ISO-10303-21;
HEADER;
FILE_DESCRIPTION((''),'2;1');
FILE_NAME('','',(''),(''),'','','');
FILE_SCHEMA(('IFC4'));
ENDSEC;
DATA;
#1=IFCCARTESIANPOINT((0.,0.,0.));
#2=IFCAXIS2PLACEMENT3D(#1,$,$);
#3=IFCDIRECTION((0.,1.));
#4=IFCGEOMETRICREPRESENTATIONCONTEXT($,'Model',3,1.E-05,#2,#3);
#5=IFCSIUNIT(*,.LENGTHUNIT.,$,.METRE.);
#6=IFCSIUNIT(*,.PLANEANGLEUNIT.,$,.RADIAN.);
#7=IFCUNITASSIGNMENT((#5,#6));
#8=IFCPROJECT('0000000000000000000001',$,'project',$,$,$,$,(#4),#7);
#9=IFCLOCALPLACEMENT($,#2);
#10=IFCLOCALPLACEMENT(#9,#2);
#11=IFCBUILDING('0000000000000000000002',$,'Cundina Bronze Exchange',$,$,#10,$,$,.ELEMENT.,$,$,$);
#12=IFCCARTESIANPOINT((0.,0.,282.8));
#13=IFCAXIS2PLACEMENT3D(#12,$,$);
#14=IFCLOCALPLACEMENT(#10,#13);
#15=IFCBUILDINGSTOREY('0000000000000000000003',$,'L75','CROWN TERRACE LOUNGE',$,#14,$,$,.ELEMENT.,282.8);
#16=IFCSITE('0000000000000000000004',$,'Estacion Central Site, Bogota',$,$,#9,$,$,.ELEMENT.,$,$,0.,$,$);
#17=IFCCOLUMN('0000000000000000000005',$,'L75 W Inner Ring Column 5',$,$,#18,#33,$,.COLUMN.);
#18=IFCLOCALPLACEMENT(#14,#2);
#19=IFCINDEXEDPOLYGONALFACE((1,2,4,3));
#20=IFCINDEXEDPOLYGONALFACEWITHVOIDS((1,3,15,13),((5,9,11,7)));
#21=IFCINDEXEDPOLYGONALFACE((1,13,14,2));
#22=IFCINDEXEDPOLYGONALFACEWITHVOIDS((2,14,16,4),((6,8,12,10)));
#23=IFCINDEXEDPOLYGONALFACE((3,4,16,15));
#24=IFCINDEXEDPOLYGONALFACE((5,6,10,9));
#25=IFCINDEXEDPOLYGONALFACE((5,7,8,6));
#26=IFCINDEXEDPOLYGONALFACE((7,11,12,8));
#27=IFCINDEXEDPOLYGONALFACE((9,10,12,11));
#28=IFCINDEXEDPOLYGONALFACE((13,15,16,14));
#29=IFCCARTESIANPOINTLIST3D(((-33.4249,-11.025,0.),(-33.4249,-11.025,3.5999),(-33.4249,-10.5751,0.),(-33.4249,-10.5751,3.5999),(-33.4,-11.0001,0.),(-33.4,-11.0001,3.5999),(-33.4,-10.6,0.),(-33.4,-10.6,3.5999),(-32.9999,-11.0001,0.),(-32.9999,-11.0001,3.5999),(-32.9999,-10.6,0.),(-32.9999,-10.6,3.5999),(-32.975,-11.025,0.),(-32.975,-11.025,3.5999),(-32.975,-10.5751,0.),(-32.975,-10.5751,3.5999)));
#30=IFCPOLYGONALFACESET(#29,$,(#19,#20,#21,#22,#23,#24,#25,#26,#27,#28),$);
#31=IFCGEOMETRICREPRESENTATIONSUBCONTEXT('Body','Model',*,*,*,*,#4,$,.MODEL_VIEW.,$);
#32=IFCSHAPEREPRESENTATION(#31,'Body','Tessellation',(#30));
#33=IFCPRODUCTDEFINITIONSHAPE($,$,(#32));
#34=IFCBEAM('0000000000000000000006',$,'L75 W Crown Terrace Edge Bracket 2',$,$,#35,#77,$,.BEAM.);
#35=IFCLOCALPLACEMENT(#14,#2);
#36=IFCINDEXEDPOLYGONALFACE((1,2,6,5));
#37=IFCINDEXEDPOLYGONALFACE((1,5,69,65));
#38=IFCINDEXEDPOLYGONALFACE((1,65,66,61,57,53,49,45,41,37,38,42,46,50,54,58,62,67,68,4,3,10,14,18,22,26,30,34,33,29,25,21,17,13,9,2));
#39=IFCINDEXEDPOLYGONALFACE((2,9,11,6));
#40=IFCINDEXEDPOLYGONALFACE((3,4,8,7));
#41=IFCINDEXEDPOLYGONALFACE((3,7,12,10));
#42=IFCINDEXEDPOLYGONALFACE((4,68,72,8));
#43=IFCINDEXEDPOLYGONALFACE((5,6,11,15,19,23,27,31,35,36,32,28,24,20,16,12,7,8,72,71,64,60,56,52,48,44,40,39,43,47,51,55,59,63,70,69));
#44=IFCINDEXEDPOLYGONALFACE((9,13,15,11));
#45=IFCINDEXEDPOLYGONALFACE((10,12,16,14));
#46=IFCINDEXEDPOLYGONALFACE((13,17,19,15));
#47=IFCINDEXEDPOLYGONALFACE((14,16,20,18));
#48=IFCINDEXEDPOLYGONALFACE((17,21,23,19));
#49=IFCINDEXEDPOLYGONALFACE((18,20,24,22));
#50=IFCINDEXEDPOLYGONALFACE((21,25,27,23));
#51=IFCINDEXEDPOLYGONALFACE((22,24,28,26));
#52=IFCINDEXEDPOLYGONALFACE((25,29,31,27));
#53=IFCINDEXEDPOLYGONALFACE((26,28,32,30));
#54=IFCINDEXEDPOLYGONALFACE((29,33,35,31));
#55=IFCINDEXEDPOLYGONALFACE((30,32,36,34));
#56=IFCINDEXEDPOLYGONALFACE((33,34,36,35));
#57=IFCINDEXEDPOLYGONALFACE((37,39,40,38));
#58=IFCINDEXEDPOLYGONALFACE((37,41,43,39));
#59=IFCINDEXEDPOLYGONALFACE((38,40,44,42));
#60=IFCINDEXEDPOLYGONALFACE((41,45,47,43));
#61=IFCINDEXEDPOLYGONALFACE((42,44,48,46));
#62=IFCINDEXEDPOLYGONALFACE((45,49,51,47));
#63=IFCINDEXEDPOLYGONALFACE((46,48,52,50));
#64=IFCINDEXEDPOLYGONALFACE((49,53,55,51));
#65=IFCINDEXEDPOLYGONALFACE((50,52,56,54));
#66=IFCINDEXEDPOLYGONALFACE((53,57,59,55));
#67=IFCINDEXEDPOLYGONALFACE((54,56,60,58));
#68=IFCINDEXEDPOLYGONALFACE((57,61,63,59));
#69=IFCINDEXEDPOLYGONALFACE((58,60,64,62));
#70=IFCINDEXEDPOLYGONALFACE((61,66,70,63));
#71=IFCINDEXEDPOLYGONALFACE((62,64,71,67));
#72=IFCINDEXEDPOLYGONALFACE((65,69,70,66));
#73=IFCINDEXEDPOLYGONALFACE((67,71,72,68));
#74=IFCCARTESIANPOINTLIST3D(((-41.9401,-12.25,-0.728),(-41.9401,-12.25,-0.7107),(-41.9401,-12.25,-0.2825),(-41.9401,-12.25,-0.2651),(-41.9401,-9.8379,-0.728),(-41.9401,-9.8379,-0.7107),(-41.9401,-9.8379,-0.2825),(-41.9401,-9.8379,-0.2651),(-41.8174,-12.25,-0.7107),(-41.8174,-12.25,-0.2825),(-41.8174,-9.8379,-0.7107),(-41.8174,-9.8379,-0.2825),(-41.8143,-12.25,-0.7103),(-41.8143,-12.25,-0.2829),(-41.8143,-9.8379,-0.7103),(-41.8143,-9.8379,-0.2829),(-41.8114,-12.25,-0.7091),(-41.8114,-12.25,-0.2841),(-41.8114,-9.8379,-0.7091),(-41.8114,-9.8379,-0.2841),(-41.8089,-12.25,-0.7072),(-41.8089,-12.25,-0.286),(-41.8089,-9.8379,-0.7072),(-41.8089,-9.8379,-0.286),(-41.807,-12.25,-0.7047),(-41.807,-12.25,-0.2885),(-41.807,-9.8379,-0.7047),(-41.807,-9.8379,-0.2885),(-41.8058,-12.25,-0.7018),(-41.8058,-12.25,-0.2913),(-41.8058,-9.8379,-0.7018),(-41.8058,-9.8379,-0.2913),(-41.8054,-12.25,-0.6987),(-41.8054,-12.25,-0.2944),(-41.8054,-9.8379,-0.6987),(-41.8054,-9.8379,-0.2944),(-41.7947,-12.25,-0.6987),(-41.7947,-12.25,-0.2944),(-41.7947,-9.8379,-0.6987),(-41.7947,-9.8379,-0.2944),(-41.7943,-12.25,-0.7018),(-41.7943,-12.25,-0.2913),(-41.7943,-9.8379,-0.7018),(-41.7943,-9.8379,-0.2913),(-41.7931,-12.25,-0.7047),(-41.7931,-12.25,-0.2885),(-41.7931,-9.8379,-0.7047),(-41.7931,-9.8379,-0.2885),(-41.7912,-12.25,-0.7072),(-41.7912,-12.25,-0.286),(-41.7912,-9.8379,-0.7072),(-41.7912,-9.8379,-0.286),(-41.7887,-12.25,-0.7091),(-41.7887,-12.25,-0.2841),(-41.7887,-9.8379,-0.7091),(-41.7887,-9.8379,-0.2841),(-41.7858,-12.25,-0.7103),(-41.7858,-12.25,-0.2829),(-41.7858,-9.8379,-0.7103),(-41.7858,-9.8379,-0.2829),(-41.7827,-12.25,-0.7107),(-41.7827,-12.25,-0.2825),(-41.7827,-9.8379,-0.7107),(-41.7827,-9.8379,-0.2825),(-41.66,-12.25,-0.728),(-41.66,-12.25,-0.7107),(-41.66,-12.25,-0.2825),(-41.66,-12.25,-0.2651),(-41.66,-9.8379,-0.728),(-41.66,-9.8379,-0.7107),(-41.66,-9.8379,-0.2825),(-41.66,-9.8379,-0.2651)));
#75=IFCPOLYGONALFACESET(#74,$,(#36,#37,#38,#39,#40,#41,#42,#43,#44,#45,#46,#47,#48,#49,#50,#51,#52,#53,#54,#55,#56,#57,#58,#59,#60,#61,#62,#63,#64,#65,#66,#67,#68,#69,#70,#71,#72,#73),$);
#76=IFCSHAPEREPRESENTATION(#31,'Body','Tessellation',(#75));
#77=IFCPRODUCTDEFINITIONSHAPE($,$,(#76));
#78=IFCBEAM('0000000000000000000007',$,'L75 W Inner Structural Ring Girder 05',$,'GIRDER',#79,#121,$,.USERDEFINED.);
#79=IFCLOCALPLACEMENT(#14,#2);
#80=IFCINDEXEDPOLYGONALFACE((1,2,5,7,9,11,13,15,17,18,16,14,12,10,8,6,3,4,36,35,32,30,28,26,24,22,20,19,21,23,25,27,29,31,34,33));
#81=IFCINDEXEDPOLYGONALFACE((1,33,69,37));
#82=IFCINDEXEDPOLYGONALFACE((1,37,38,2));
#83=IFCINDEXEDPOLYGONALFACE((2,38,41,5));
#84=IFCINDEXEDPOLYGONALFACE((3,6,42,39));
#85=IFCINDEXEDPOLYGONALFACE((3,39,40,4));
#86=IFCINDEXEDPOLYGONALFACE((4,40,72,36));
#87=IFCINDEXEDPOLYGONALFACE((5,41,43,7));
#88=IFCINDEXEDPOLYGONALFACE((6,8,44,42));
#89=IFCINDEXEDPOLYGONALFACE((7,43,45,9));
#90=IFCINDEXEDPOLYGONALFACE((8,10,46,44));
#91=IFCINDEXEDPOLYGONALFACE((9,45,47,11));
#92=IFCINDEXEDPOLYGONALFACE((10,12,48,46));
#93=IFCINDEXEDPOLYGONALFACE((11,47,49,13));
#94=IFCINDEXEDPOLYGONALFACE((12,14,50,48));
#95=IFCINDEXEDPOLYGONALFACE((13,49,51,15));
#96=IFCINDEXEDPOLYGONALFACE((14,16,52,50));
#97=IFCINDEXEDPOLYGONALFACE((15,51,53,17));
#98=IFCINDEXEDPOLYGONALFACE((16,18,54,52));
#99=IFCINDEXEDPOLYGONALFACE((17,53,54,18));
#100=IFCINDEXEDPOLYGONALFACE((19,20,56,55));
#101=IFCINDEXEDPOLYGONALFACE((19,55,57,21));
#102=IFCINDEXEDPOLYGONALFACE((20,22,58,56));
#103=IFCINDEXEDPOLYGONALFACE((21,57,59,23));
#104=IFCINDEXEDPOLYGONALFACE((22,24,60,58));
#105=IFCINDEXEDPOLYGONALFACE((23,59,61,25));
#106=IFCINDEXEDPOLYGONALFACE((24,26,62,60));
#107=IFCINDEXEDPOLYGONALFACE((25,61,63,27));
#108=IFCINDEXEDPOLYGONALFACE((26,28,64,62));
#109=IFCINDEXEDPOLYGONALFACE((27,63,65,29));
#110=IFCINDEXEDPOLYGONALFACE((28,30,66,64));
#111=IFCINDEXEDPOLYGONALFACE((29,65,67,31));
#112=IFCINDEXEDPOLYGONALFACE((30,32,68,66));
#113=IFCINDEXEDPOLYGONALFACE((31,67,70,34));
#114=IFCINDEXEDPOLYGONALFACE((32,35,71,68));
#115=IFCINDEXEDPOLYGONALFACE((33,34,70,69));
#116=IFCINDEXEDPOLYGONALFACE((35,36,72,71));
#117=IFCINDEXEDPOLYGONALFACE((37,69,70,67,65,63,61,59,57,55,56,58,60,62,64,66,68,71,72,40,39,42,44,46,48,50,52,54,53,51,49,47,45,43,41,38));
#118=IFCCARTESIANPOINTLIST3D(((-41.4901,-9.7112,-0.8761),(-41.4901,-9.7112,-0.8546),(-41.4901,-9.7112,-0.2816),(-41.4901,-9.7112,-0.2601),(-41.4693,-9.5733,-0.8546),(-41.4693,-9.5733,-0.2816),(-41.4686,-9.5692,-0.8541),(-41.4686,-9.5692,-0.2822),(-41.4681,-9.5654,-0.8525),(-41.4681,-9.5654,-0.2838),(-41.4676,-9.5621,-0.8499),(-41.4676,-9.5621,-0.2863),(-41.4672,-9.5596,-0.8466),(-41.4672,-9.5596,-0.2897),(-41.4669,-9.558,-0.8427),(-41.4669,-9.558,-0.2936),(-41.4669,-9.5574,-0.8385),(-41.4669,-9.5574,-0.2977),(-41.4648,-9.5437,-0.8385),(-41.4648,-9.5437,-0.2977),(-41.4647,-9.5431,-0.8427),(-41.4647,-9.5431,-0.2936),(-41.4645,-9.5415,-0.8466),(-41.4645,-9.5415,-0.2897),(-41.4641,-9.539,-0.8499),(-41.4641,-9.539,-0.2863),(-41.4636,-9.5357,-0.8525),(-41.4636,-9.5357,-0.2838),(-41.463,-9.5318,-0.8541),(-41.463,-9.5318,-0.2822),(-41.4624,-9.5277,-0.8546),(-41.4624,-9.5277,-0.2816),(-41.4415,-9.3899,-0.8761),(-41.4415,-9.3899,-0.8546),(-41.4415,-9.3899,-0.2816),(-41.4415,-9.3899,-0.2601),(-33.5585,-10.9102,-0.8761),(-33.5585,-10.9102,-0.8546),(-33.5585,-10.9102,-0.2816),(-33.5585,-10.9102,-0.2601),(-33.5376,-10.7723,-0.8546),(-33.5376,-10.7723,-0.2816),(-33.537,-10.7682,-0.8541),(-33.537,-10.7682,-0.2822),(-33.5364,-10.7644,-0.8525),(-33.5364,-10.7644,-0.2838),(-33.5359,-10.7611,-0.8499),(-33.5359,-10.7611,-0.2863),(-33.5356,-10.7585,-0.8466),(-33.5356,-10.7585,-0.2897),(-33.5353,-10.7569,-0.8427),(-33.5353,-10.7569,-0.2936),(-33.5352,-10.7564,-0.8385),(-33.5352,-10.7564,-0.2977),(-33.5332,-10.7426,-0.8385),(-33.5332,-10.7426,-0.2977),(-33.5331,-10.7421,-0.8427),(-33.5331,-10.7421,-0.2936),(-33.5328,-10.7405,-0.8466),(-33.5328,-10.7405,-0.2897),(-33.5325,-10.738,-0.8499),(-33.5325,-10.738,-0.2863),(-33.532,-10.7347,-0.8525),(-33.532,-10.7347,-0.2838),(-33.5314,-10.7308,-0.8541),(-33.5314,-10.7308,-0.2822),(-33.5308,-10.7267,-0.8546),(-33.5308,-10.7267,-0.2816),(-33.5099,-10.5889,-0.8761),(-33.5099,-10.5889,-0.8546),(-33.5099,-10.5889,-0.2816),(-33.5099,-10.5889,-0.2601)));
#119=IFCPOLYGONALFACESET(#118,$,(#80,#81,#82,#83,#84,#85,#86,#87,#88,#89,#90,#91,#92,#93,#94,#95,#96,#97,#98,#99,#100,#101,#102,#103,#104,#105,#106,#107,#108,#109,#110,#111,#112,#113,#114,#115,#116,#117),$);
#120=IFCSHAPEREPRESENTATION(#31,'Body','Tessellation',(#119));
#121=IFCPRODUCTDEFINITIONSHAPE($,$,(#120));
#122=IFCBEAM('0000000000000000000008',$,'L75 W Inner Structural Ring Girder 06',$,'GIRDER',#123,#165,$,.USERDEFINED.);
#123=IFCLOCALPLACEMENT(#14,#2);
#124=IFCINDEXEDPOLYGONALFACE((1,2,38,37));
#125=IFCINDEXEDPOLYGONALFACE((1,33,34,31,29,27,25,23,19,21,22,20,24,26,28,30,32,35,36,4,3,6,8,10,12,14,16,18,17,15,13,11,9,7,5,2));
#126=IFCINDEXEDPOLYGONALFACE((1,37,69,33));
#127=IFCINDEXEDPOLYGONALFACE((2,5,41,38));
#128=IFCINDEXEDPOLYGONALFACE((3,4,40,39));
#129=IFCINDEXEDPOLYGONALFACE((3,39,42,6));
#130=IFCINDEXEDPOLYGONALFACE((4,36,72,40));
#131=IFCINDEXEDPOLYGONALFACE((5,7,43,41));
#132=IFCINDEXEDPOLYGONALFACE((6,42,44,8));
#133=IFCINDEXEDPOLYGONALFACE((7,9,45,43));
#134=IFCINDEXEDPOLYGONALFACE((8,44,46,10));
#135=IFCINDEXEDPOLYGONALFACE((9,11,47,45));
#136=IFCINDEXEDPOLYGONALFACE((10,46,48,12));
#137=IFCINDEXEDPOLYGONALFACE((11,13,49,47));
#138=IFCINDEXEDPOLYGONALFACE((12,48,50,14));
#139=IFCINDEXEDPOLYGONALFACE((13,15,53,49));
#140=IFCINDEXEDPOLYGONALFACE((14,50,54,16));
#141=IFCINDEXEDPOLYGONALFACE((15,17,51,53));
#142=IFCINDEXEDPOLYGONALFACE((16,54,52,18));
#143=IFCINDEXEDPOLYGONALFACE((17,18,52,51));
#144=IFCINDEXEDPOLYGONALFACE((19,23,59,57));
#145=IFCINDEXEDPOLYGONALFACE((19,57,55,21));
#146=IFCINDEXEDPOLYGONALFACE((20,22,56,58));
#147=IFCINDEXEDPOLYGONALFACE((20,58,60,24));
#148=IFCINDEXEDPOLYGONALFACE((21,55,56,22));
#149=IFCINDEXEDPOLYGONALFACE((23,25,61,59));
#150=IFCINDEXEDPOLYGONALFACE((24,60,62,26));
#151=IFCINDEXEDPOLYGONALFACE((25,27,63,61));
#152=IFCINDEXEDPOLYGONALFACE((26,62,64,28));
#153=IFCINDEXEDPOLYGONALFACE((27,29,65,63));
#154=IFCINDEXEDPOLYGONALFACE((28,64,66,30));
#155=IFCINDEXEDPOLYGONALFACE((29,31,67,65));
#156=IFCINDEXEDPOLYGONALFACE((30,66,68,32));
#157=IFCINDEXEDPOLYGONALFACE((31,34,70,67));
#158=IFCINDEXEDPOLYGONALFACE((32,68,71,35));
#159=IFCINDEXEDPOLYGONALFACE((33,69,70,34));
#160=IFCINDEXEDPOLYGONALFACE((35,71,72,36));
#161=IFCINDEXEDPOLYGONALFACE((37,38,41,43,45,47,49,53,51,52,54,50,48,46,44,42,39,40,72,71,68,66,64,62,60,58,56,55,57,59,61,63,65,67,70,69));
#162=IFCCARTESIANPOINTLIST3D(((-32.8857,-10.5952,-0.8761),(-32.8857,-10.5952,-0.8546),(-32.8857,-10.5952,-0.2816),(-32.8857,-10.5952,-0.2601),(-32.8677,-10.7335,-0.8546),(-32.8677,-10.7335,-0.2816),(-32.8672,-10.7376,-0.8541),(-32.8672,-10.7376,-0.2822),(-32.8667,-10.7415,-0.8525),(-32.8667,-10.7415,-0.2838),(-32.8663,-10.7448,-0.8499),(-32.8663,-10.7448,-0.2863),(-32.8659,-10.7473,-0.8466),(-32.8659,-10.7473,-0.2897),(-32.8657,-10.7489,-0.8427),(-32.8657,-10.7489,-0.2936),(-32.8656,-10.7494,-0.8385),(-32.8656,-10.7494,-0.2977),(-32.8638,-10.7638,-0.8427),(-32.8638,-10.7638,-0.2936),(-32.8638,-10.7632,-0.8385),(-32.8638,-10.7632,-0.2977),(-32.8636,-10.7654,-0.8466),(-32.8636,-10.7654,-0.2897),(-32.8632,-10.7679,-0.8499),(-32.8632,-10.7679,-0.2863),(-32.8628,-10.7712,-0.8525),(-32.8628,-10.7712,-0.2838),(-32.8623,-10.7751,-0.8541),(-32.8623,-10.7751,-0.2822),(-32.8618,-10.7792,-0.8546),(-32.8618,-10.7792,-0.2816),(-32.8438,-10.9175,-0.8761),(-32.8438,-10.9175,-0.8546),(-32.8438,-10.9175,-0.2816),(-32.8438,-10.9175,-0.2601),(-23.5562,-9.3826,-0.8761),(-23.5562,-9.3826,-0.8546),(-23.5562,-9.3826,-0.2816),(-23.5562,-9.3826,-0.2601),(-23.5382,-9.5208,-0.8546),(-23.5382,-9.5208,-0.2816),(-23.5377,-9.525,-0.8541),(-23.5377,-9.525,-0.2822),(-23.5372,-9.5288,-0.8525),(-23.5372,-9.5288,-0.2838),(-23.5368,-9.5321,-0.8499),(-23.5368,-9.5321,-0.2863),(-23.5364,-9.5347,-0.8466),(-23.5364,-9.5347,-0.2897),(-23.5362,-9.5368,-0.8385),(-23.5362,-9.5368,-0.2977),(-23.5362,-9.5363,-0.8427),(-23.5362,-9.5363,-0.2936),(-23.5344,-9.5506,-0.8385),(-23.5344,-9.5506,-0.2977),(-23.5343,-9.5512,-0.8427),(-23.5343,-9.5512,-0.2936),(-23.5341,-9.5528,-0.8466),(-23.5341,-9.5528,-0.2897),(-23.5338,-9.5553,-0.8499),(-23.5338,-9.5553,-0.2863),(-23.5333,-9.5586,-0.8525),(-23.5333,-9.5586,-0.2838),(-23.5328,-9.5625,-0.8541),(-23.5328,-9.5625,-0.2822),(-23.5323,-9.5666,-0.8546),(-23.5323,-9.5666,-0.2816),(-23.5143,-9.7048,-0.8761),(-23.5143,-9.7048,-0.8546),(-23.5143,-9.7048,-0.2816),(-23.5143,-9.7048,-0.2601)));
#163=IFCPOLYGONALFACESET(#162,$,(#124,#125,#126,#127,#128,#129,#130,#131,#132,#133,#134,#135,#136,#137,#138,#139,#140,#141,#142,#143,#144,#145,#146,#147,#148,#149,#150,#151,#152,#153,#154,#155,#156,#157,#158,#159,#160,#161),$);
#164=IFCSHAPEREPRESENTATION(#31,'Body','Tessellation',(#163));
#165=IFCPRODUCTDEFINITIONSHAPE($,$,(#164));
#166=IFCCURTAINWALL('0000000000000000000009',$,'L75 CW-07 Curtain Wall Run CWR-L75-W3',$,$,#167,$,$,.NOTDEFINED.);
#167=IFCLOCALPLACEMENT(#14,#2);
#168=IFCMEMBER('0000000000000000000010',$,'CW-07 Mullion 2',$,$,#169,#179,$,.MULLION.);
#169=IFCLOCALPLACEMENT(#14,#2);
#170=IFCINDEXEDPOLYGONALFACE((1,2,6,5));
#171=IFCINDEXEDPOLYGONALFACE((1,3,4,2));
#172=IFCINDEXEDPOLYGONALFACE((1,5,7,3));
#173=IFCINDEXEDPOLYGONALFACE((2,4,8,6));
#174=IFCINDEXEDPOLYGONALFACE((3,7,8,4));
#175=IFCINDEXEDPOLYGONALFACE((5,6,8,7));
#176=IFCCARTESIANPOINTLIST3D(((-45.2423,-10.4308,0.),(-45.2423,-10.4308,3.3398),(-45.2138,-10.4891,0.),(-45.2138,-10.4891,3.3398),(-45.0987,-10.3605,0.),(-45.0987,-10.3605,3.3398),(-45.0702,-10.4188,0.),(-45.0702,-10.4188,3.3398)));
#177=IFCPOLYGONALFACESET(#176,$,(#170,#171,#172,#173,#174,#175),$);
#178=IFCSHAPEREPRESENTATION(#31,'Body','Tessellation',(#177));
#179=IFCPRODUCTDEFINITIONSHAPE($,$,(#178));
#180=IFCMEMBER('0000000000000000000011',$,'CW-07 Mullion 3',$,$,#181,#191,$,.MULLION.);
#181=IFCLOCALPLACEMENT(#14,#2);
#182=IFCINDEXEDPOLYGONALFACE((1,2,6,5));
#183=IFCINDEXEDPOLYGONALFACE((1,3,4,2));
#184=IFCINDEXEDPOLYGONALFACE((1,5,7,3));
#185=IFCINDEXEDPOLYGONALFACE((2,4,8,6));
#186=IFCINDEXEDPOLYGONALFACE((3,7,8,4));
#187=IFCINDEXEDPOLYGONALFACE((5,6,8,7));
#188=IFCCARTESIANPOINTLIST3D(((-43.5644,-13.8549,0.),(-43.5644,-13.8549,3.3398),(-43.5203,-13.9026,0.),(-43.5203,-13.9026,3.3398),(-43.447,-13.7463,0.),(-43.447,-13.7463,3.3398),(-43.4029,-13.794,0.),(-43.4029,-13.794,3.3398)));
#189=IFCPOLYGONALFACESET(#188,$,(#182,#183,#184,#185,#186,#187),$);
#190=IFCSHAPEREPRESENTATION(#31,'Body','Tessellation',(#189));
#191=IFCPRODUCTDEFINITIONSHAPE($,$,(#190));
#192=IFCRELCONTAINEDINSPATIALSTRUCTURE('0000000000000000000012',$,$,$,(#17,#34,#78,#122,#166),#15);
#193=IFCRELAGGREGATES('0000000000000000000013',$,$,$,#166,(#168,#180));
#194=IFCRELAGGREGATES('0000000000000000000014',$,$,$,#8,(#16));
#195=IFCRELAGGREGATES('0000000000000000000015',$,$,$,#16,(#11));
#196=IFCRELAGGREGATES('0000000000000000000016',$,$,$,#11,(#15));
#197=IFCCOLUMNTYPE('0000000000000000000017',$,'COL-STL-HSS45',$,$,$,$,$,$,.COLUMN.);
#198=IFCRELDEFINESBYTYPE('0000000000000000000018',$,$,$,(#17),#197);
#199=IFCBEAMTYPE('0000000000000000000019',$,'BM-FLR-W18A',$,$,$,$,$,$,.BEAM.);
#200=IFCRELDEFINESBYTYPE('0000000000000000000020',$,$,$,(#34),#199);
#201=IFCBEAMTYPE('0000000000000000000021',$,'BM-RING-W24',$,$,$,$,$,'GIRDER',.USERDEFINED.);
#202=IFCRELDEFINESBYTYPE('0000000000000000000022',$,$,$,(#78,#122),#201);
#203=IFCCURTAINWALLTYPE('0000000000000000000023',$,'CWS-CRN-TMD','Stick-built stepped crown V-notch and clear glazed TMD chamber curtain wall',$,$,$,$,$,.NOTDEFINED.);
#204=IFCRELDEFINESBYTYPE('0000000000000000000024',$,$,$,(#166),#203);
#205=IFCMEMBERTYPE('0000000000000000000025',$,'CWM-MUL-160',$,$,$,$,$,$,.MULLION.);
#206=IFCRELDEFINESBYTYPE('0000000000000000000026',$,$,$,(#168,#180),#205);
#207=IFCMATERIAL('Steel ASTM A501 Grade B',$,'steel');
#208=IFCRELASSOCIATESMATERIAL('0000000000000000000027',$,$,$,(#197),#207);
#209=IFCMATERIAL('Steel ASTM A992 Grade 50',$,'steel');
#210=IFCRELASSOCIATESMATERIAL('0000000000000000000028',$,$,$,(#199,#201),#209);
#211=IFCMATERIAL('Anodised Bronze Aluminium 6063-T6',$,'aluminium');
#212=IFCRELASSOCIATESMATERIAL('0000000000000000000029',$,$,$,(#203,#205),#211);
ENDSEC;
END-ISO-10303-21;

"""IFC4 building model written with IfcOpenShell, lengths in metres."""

from ifc_helpers import new_model, si_unit, direction, frame, origin, origin_2d, place, context, subcontext, project, spatial, rectangle, hollow_rectangle, i_section, extrude, material, material_profile, profile_set, type_object, element, aggregate, save


model = new_model("IFC4")

# Units and contexts
model_context = context("Model", 3, precision=1e-05, world=origin(), true_north=direction((0.0, 1.0)))
body_context = subcontext(model_context, "Body", "Model", "MODEL_VIEW")
ifc_project = project(units=[si_unit("LENGTHUNIT", "METRE"), si_unit("PLANEANGLEUNIT", "RADIAN")], contexts=[model_context])

# Site, building, storey
site_placement = place(None, origin())
site = spatial("IfcSite", under=ifc_project, at=site_placement, Name="Estacion Central Site, Bogota", CompositionType="ELEMENT", RefElevation=0.0)
building_placement = place(site_placement, origin())
building = spatial("IfcBuilding", under=site, at=building_placement, Name="Cundina Bronze Exchange", CompositionType="ELEMENT")
storey_placement = place(building_placement, frame((0.0, 0.0, 282.8)))
storey = spatial("IfcBuildingStorey", under=building, at=storey_placement, Name="L75", Description="CROWN TERRACE LOUNGE", CompositionType="ELEMENT", Elevation=282.8)

# Column
ifc_material_1 = material(Name="Steel ASTM A501 Grade B", Category="steel")
ifc_material_profile_1 = material_profile(ifc_material_1, hollow_rectangle(XDim=0.45, YDim=0.45, WallThickness=0.0249, at=origin_2d()), Name="HSS450X450X25", Category="steel")
ifc_profile_set_1 = profile_set([ifc_material_profile_1], Name="Steel ASTM A501 Grade B")
column_type = type_object("IfcColumnType", Name="COL-STL-HSS45", PredefinedType="COLUMN", material=ifc_profile_set_1)
column_placement = place(storey_placement, frame((-33.2, -10.8, 0.0), z_axis=(0.0, 0.0, 1.0), x_axis=(1.0, 0.0, 0.0)))
element("IfcColumn", 1, at=column_placement, inside=storey, type_object=column_type, Name="L75 W Inner Ring Column 5", PredefinedType="COLUMN", context=body_context, shape_type="SweptSolid", body=[
    extrude(hollow_rectangle(XDim=0.45, YDim=0.45, WallThickness=0.0249, at=origin_2d()), origin(), (0.0, 0.0, 1.0), 3.5999),
])

# Beams
ifc_material_2 = material(Name="Steel ASTM A992 Grade 50", Category="steel")
ifc_material_profile_2 = material_profile(ifc_material_2, i_section(OverallWidth=0.28, OverallDepth=0.4629, WebThickness=0.0107, FlangeThickness=0.0173, FilletRadius=0.012, at=origin_2d()), Name="W18X76", Category="steel")
ifc_profile_set_2 = profile_set([ifc_material_profile_2], Name="Steel ASTM A992 Grade 50")
beam_type_1 = type_object("IfcBeamType", Name="BM-FLR-W18A", PredefinedType="BEAM", material=ifc_profile_set_2)
beam_1_placement = place(storey_placement, frame((-41.8, -9.8379, -0.4966), z_axis=(0.0, -1.0, 0.0), x_axis=(1.0, 0.0, 0.0)))
element("IfcBeam", 2, at=beam_1_placement, inside=storey, type_object=beam_type_1, Name="L75 W Crown Terrace Edge Bracket 2", PredefinedType="BEAM", context=body_context, shape_type="SweptSolid", body=[
    extrude(i_section(OverallWidth=0.28, OverallDepth=0.4629, WebThickness=0.0107, FlangeThickness=0.0173, FilletRadius=0.012, at=origin_2d()), origin(), (0.0, 0.0, 1.0), 2.4121),
])
ifc_material_profile_3 = material_profile(ifc_material_2, i_section(OverallWidth=0.325, OverallDepth=0.616, WebThickness=0.0139, FlangeThickness=0.0215, FilletRadius=0.0161, at=origin_2d()), Name="W24X117", Category="steel")
ifc_profile_set_3 = profile_set([ifc_material_profile_3], Name="Steel ASTM A992 Grade 50")
beam_type_2 = type_object("IfcBeamType", Name="BM-RING-W24", ElementType="GIRDER", PredefinedType="USERDEFINED", material=ifc_profile_set_3)
beam_2_placement = place(storey_placement, frame((-41.4658, -9.5505, -0.5681), z_axis=(0.988767, -0.149465, 0.0), x_axis=(0.149465, 0.988767, 0.0)))
element("IfcBeam", 3, at=beam_2_placement, inside=storey, type_object=beam_type_2, Name="L75 W Inner Structural Ring Girder 05", ObjectType="GIRDER", PredefinedType="USERDEFINED", context=body_context, shape_type="SweptSolid", body=[
    extrude(i_section(OverallWidth=0.325, OverallDepth=0.616, WebThickness=0.0139, FlangeThickness=0.0215, FilletRadius=0.0161, at=origin_2d()), origin(), (0.0, 0.0, 1.0), 8.0217),
])
beam_3_placement = place(storey_placement, frame((-32.8647, -10.7563, -0.5681), z_axis=(0.991658, 0.128894, 0.0), x_axis=(-0.128894, 0.991658, 0.0)))
element("IfcBeam", 4, at=beam_3_placement, inside=storey, type_object=beam_type_2, Name="L75 W Inner Structural Ring Girder 06", ObjectType="GIRDER", PredefinedType="USERDEFINED", context=body_context, shape_type="SweptSolid", body=[
    extrude(i_section(OverallWidth=0.325, OverallDepth=0.616, WebThickness=0.0139, FlangeThickness=0.0215, FilletRadius=0.0161, at=origin_2d()), origin(), (0.0, 0.0, 1.0), 9.408),
])

# Curtain wall, members
ifc_material_3 = material(Name="Anodised Bronze Aluminium 6063-T6", Category="aluminium")
curtain_wall_type = type_object("IfcCurtainWallType", Name="CWS-CRN-TMD", Description="Stick-built stepped crown V-notch and clear glazed TMD chamber curtain wall", PredefinedType="NOTDEFINED", material=ifc_material_3)
curtain_wall_placement = place(storey_placement, origin())
curtain_wall = element("IfcCurtainWall", 5, at=curtain_wall_placement, inside=storey, type_object=curtain_wall_type, Name="L75 CW-07 Curtain Wall Run CWR-L75-W3", PredefinedType="NOTDEFINED")
ifc_material_profile_4 = material_profile(ifc_material_3, rectangle(XDim=0.0649, YDim=0.1599, at=origin_2d()), Name="AL65X160", Category="aluminium")
ifc_profile_set_4 = profile_set([ifc_material_profile_4], Name="Anodised Bronze Aluminium 6063-T6")
member_type_1 = type_object("IfcMemberType", Name="CWM-MUL-160", PredefinedType="MULLION", material=ifc_profile_set_4)
member_1_placement = place(storey_placement, frame((-45.1562, -10.4248, 0.0), z_axis=(0.0, 0.0, 1.0), x_axis=(0.439312, -0.898334, 0.0)))
member_1 = element("IfcMember", 6, at=member_1_placement, type_object=member_type_1, Name="CW-07 Mullion 2", PredefinedType="MULLION", context=body_context, shape_type="SweptSolid", body=[
    extrude(rectangle(XDim=0.0649, YDim=0.1599, at=origin_2d()), origin(), (0.0, 0.0, 1.0), 3.3398),
])
member_2_placement = place(storey_placement, frame((-43.4836, -13.8245, 0.0), z_axis=(0.0, 0.0, 1.0), x_axis=(0.679057, -0.734086, 0.0)))
member_2 = element("IfcMember", 7, at=member_2_placement, type_object=member_type_1, Name="CW-07 Mullion 3", PredefinedType="MULLION", context=body_context, shape_type="SweptSolid", body=[
    extrude(rectangle(XDim=0.0649, YDim=0.1599, at=origin_2d()), origin(), (0.0, 0.0, 1.0), 3.3398),
])

aggregate(curtain_wall, [member_1, member_2])

save(model, "model.ifc")
